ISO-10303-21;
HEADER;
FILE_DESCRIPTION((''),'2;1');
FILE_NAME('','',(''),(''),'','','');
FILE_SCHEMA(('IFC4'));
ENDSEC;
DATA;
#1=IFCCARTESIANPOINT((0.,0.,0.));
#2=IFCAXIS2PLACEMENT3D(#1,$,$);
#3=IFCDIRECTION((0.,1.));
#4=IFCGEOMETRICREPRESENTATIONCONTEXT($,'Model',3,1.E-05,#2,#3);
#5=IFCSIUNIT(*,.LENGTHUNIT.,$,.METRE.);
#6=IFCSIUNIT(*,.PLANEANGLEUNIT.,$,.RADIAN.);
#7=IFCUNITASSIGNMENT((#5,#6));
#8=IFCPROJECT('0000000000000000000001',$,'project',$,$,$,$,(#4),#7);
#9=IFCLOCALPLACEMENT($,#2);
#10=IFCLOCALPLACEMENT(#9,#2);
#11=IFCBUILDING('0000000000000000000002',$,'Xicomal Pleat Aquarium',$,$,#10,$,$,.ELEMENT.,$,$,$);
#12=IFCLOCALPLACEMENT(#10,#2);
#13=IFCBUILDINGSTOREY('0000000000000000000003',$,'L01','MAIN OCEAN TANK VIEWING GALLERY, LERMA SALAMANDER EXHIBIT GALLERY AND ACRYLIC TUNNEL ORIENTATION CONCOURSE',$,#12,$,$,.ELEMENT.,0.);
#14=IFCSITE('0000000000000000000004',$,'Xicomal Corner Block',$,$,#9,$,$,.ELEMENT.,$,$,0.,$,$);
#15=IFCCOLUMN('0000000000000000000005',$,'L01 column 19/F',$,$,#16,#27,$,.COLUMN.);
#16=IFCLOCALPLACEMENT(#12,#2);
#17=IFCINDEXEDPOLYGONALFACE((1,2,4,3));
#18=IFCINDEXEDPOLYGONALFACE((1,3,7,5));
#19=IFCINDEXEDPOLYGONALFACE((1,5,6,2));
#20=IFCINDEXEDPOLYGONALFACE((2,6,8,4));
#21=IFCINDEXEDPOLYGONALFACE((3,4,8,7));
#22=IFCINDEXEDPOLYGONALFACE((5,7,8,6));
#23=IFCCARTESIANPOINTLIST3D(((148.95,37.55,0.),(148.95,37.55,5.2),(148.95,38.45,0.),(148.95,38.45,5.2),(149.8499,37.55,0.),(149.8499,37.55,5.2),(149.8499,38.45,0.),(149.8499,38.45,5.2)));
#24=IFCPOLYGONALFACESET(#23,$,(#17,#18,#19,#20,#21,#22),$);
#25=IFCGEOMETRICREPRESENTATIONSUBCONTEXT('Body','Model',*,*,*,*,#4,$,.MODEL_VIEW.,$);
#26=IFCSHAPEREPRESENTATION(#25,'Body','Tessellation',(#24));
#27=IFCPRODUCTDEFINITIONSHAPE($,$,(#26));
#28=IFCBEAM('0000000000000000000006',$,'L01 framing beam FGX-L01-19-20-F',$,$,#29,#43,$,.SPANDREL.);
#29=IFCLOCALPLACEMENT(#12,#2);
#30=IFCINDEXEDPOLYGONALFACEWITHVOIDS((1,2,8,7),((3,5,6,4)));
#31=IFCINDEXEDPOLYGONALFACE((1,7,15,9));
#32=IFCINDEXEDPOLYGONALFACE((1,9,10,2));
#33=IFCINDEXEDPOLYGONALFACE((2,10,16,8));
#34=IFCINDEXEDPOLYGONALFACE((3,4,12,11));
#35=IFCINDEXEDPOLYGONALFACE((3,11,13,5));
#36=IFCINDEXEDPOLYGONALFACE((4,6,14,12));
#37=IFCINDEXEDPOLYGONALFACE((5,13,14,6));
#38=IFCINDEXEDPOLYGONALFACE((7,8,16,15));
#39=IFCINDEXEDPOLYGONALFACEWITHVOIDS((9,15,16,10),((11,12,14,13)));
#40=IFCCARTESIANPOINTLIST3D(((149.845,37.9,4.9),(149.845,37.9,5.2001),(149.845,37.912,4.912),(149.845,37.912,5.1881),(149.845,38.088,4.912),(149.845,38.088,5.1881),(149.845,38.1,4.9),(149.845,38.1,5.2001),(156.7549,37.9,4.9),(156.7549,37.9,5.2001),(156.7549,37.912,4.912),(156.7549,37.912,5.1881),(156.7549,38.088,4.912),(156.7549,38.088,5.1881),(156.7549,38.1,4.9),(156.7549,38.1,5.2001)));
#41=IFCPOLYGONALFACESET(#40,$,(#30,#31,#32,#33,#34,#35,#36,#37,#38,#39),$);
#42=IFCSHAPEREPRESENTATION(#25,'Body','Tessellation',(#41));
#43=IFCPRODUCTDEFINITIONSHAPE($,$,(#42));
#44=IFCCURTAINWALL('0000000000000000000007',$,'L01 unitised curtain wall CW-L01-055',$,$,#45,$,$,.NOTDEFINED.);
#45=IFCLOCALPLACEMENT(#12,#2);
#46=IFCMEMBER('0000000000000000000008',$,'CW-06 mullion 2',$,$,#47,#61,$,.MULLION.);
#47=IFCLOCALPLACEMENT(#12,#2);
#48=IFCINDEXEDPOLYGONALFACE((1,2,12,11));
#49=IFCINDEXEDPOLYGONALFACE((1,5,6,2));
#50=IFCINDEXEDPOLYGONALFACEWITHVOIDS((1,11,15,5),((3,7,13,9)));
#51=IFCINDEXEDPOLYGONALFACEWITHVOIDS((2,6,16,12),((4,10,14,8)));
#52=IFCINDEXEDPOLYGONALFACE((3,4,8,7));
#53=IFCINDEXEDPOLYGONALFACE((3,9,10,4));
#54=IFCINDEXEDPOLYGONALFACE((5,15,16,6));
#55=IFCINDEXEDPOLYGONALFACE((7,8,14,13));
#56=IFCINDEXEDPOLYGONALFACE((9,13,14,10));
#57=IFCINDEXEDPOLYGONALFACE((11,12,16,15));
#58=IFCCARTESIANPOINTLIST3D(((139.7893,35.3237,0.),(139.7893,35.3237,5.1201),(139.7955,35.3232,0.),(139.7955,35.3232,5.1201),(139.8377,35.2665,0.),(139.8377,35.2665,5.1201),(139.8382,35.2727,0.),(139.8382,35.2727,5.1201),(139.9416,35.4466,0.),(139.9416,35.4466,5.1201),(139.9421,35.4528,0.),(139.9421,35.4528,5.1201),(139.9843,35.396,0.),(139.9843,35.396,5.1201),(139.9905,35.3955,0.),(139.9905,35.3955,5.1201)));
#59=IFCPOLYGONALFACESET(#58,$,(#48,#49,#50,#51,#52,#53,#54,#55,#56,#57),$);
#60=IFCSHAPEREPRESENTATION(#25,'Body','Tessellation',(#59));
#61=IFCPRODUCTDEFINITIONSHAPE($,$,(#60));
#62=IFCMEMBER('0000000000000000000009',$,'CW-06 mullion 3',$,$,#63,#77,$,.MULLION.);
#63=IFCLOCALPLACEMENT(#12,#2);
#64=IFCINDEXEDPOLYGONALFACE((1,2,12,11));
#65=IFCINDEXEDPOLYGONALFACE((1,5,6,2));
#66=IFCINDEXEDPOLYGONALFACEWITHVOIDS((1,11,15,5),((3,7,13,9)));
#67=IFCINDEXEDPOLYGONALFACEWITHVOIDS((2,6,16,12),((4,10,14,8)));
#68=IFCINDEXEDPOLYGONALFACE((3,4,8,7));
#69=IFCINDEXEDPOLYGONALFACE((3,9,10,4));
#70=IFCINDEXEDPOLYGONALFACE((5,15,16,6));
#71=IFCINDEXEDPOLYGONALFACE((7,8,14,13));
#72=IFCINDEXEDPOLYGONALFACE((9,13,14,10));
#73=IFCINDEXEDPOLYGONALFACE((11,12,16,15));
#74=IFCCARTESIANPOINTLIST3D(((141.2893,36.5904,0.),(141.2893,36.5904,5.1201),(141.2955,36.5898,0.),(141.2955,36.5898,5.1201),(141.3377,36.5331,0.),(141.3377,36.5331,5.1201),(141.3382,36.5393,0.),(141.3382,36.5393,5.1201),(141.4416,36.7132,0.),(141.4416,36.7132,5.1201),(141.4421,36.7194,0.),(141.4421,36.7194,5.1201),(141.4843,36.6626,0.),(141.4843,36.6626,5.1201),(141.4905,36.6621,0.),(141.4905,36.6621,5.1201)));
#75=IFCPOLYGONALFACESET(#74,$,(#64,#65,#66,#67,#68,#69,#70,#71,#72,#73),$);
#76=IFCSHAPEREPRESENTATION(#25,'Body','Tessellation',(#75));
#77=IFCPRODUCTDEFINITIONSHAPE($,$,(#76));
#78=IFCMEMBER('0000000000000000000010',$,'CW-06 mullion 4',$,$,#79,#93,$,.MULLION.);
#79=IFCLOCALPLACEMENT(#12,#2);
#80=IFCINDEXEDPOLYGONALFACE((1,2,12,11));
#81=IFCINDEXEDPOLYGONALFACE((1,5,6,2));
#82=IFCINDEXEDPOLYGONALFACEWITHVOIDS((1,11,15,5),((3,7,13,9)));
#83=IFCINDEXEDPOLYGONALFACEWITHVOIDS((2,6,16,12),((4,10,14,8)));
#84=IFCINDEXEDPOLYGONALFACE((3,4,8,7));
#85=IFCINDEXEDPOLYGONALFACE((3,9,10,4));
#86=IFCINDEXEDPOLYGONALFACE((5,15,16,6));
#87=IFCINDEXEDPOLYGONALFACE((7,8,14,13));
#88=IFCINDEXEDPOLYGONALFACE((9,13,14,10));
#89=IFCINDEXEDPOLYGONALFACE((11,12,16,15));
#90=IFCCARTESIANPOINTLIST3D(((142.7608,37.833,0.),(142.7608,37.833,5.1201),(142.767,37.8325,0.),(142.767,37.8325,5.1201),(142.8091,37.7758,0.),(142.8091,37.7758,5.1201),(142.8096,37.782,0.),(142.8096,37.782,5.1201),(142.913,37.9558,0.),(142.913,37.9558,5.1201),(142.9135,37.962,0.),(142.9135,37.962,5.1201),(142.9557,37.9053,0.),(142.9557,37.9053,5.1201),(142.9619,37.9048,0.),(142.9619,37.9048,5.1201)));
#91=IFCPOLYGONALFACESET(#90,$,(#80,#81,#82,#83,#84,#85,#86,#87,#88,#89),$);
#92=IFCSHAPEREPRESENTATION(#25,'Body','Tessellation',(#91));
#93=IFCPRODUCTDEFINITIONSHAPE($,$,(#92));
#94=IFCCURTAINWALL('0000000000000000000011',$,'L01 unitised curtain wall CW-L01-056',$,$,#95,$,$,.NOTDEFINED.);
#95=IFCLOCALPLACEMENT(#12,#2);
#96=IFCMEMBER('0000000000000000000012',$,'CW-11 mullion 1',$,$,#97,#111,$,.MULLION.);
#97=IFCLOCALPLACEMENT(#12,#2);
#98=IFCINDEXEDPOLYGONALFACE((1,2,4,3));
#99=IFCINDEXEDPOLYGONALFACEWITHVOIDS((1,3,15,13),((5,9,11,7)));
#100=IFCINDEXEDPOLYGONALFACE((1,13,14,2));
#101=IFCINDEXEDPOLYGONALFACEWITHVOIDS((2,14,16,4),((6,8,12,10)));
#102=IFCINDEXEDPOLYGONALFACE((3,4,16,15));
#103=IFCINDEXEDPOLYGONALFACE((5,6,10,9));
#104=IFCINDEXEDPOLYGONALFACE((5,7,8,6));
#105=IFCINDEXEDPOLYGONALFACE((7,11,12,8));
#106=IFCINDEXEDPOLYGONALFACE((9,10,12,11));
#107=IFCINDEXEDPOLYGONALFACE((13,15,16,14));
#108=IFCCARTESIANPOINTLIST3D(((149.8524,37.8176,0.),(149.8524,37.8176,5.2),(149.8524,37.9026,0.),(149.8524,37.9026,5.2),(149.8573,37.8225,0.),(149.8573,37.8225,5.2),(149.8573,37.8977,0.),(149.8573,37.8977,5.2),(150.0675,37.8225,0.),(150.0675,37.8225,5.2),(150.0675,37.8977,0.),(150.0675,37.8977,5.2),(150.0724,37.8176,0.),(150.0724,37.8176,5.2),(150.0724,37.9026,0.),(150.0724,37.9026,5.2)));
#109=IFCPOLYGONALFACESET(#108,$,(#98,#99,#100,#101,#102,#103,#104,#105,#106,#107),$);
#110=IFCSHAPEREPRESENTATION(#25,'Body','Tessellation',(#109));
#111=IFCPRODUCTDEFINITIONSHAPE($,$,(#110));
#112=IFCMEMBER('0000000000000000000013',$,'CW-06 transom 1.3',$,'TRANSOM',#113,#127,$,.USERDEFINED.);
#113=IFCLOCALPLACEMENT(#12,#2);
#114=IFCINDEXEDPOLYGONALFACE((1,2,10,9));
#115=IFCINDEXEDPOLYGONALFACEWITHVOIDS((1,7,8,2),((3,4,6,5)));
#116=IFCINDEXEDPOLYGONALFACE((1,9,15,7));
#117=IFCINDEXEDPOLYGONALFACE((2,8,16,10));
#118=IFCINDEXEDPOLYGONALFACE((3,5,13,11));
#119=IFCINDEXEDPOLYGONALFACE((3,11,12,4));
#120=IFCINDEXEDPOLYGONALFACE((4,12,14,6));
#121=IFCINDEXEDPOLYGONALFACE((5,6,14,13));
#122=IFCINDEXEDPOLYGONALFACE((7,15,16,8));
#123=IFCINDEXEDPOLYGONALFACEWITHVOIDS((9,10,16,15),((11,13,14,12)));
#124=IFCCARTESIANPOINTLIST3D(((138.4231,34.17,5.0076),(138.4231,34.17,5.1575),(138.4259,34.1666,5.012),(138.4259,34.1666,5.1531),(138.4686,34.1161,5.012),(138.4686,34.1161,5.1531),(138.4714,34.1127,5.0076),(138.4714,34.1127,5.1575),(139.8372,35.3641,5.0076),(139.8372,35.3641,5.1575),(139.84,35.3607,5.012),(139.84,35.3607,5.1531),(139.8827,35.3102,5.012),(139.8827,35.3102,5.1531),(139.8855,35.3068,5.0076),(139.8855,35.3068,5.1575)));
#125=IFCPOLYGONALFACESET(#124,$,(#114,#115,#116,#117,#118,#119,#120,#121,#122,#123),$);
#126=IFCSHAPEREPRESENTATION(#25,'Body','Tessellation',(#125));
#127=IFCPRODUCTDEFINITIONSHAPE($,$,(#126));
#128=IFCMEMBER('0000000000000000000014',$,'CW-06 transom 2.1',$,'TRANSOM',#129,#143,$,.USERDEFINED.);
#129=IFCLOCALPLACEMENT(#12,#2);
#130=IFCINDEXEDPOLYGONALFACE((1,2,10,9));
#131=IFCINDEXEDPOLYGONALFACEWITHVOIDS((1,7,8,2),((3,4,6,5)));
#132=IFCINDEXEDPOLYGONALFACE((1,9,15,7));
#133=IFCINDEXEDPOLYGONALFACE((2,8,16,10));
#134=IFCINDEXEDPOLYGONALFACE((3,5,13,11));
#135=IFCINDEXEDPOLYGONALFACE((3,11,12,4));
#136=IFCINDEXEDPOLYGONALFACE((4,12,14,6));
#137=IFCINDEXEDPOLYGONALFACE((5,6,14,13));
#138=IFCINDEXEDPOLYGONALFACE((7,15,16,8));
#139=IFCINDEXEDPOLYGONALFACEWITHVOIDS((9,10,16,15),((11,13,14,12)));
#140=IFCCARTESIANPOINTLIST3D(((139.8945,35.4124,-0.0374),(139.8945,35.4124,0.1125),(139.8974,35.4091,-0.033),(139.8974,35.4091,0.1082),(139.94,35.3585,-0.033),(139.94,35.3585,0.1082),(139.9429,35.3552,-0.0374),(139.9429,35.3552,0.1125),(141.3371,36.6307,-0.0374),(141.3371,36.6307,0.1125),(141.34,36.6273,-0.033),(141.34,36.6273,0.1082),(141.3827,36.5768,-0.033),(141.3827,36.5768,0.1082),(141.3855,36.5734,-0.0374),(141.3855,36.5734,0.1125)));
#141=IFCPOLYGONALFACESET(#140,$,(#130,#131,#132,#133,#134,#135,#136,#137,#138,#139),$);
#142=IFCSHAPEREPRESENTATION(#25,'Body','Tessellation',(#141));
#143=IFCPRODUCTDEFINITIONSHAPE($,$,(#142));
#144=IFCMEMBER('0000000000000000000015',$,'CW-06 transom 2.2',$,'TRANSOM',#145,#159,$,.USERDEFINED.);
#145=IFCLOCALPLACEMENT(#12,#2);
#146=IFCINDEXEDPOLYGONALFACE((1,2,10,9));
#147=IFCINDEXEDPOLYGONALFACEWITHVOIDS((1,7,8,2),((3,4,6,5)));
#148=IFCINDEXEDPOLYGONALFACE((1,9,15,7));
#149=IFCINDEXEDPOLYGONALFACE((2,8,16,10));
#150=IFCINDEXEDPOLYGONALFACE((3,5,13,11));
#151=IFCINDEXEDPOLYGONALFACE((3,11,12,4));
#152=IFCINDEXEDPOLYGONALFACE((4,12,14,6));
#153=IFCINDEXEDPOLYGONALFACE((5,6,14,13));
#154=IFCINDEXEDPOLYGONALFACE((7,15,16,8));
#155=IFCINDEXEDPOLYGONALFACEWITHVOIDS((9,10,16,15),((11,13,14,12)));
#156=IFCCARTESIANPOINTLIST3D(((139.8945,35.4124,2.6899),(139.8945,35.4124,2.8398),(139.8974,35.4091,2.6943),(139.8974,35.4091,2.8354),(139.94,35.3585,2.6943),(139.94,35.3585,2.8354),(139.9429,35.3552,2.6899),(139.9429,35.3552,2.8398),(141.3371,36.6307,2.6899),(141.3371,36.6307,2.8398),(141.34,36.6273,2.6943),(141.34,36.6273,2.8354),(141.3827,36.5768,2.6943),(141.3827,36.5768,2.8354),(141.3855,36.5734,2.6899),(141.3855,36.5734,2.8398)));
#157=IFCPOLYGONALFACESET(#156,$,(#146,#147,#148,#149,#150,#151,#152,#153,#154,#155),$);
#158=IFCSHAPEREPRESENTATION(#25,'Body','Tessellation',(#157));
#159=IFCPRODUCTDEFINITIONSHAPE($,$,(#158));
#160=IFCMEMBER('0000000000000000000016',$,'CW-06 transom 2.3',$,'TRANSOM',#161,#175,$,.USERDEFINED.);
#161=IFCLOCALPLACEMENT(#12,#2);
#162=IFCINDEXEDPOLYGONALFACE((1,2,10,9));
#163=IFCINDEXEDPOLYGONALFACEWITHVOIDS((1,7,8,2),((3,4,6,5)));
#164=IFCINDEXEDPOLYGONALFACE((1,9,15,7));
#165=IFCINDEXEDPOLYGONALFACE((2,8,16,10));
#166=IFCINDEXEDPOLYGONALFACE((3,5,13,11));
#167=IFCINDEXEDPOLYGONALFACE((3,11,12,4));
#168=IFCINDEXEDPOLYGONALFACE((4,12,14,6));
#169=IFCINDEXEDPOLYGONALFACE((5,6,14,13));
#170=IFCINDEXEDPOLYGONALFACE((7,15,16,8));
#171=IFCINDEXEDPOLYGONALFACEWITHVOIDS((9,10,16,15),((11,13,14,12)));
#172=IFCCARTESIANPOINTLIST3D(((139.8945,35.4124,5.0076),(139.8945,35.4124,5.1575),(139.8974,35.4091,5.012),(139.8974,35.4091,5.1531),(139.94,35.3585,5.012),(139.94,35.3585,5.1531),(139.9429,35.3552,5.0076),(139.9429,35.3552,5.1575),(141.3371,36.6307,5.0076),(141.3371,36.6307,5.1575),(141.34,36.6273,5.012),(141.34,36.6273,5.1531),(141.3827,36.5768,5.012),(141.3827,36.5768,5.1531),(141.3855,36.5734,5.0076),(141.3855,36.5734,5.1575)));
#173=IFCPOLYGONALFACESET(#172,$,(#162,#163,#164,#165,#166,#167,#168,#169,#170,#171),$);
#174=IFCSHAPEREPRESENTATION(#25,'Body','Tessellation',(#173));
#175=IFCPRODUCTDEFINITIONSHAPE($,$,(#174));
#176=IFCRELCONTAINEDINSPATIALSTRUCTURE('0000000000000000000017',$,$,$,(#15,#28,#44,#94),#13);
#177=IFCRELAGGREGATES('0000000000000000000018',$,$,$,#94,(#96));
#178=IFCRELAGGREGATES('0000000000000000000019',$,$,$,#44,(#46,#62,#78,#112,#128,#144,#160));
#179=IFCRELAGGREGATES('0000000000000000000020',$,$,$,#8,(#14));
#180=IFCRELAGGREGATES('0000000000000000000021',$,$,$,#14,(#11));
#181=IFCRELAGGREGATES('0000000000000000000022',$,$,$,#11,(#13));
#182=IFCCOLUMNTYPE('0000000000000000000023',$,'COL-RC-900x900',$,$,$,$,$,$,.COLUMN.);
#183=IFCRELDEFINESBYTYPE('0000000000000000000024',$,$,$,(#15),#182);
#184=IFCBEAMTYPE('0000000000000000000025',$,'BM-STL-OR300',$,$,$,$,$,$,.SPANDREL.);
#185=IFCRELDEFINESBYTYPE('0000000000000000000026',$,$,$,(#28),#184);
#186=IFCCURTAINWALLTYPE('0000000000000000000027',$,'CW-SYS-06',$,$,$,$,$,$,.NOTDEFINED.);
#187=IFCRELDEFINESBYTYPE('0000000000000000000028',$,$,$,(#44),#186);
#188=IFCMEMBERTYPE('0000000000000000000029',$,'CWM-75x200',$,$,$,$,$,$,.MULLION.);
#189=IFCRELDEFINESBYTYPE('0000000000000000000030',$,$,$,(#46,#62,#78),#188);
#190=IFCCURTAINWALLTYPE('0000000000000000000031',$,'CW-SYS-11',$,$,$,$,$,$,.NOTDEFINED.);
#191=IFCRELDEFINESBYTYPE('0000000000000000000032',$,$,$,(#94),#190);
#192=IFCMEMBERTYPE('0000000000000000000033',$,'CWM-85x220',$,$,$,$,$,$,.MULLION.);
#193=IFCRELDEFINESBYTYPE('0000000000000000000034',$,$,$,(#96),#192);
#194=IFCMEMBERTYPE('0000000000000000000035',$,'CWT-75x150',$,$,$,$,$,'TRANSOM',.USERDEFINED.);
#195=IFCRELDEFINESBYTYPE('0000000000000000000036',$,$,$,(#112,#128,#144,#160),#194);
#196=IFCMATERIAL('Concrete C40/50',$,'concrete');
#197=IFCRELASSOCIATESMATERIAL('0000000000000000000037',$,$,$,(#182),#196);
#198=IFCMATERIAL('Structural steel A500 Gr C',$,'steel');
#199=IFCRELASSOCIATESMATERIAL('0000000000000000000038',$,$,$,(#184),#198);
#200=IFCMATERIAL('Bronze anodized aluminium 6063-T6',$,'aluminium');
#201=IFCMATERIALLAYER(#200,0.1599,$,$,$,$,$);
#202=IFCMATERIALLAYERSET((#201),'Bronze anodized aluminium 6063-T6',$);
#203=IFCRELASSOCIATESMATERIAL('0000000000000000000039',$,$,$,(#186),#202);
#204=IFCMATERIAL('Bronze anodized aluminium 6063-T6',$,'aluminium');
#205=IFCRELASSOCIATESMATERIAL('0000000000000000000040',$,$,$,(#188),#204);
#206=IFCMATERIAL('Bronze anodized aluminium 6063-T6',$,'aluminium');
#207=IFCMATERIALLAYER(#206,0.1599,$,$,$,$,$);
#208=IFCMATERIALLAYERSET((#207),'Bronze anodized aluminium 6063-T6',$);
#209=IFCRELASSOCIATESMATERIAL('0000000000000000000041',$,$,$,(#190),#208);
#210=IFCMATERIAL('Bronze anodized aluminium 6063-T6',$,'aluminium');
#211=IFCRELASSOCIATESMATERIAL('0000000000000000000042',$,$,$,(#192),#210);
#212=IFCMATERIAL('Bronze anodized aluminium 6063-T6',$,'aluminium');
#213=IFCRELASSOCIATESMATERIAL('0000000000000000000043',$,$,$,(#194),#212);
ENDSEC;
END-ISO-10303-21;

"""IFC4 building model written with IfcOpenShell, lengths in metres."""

from ifc_helpers import new_model, si_unit, direction, frame, origin, origin_2d, place, context, subcontext, project, spatial, rectangle, hollow_rectangle, extrude, material, layer, layer_set, material_profile, profile_set, type_object, element, aggregate, save


model = new_model("IFC4")

# Units and contexts
model_context = context("Model", 3, precision=1e-05, world=origin(), true_north=direction((0.0, 1.0)))
body_context = subcontext(model_context, "Body", "Model", "MODEL_VIEW")
ifc_project = project(units=[si_unit("LENGTHUNIT", "METRE"), si_unit("PLANEANGLEUNIT", "RADIAN")], contexts=[model_context])

# Site, building, storey
site_placement = place(None, origin())
site = spatial("IfcSite", under=ifc_project, at=site_placement, Name="Xicomal Corner Block", CompositionType="ELEMENT", RefElevation=0.0)
building_placement = place(site_placement, origin())
building = spatial("IfcBuilding", under=site, at=building_placement, Name="Xicomal Pleat Aquarium", CompositionType="ELEMENT")
storey_placement = place(building_placement, origin())
storey = spatial("IfcBuildingStorey", under=building, at=storey_placement, Name="L01", Description="MAIN OCEAN TANK VIEWING GALLERY, LERMA SALAMANDER EXHIBIT GALLERY AND ACRYLIC TUNNEL ORIENTATION CONCOURSE", CompositionType="ELEMENT", Elevation=0.0)

# Column
ifc_material_1 = material(Name="Concrete C40/50", Category="concrete")
ifc_material_profile_1 = material_profile(ifc_material_1, rectangle(XDim=0.8999, YDim=0.8999, at=origin_2d()), Name="RC 900x900")
ifc_profile_set_1 = profile_set([ifc_material_profile_1], Name="Concrete C40/50")
column_type = type_object("IfcColumnType", Name="COL-RC-900x900", PredefinedType="COLUMN", material=ifc_profile_set_1)
column_placement = place(storey_placement, frame((149.3999, 38.0, 0.0), z_axis=(0.0, 0.0, 1.0), x_axis=(1.0, 0.0, 0.0)))
element("IfcColumn", 1, at=column_placement, inside=storey, type_object=column_type, Name="L01 column 19/F", PredefinedType="COLUMN", context=body_context, shape_type="SweptSolid", body=[
    extrude(rectangle(XDim=0.8999, YDim=0.8999, at=origin_2d()), origin(), (0.0, 0.0, 1.0), 5.2),
])

# Beam
ifc_material_2 = material(Name="Structural steel A500 Gr C", Category="steel")
ifc_material_profile_2 = material_profile(ifc_material_2, hollow_rectangle(XDim=0.2, YDim=0.3, WallThickness=0.012, at=origin_2d()), Name="OR 300x200x12")
ifc_profile_set_2 = profile_set([ifc_material_profile_2], Name="Structural steel A500 Gr C")
beam_type = type_object("IfcBeamType", Name="BM-STL-OR300", PredefinedType="SPANDREL", material=ifc_profile_set_2)
beam_placement = place(storey_placement, frame((149.845, 38.0, 5.05), z_axis=(1.0, 0.0, 0.0), x_axis=(0.0, 1.0, 0.0)))
element("IfcBeam", 2, at=beam_placement, inside=storey, type_object=beam_type, Name="L01 framing beam FGX-L01-19-20-F", PredefinedType="SPANDREL", context=body_context, shape_type="SweptSolid", body=[
    extrude(hollow_rectangle(XDim=0.2, YDim=0.3, WallThickness=0.012, at=origin_2d()), origin(), (0.0, 0.0, 1.0), 6.9099),
])

# Curtain wall, members
ifc_material_3 = material(Name="Bronze anodized aluminium 6063-T6", Category="aluminium")
ifc_layer_1 = layer(ifc_material_3, 0.1599)
ifc_layer_set_1 = layer_set([ifc_layer_1], Name="Bronze anodized aluminium 6063-T6")
curtain_wall_type_1 = type_object("IfcCurtainWallType", Name="CW-SYS-06", PredefinedType="NOTDEFINED", material=ifc_layer_set_1)
curtain_wall_1_placement = place(storey_placement, origin())
curtain_wall_1 = element("IfcCurtainWall", 3, at=curtain_wall_1_placement, inside=storey, type_object=curtain_wall_type_1, Name="L01 unitised curtain wall CW-L01-055", PredefinedType="NOTDEFINED")
ifc_material_4 = material(Name="Bronze anodized aluminium 6063-T6", Category="aluminium")
ifc_material_profile_3 = material_profile(ifc_material_4, hollow_rectangle(XDim=0.075, YDim=0.2, WallThickness=0.0044, at=origin_2d()), Name="ALU MULL 75x200")
ifc_profile_set_3 = profile_set([ifc_material_profile_3], Name="Bronze anodized aluminium 6063-T6")
member_type_1 = type_object("IfcMemberType", Name="CWM-75x200", PredefinedType="MULLION", material=ifc_profile_set_3)
member_1_placement = place(storey_placement, frame((139.8899, 35.3596, 0.0), z_axis=(0.0, 0.0, 1.0), x_axis=(-0.645181, 0.76403, 0.0)))
member_1 = element("IfcMember", 4, at=member_1_placement, type_object=member_type_1, Name="CW-06 mullion 2", PredefinedType="MULLION", context=body_context, shape_type="SweptSolid", body=[
    extrude(hollow_rectangle(XDim=0.075, YDim=0.2, WallThickness=0.0044, at=origin_2d()), origin(), (0.0, 0.0, 1.0), 5.1201),
])
member_2_placement = place(storey_placement, frame((141.3899, 36.6262, 0.0), z_axis=(0.0, 0.0, 1.0), x_axis=(-0.645181, 0.76403, 0.0)))
member_2 = element("IfcMember", 5, at=member_2_placement, type_object=member_type_1, Name="CW-06 mullion 3", PredefinedType="MULLION", context=body_context, shape_type="SweptSolid", body=[
    extrude(hollow_rectangle(XDim=0.075, YDim=0.2, WallThickness=0.0044, at=origin_2d()), origin(), (0.0, 0.0, 1.0), 5.1201),
])
member_3_placement = place(storey_placement, frame((142.8613, 37.8689, 0.0), z_axis=(0.0, 0.0, 1.0), x_axis=(-0.645181, 0.76403, 0.0)))
member_3 = element("IfcMember", 6, at=member_3_placement, type_object=member_type_1, Name="CW-06 mullion 4", PredefinedType="MULLION", context=body_context, shape_type="SweptSolid", body=[
    extrude(hollow_rectangle(XDim=0.075, YDim=0.2, WallThickness=0.0044, at=origin_2d()), origin(), (0.0, 0.0, 1.0), 5.1201),
])

# Curtain wall, member
ifc_material_5 = material(Name="Bronze anodized aluminium 6063-T6", Category="aluminium")
ifc_layer_2 = layer(ifc_material_5, 0.1599)
ifc_layer_set_2 = layer_set([ifc_layer_2], Name="Bronze anodized aluminium 6063-T6")
curtain_wall_type_2 = type_object("IfcCurtainWallType", Name="CW-SYS-11", PredefinedType="NOTDEFINED", material=ifc_layer_set_2)
curtain_wall_2_placement = place(storey_placement, origin())
curtain_wall_2 = element("IfcCurtainWall", 7, at=curtain_wall_2_placement, inside=storey, type_object=curtain_wall_type_2, Name="L01 unitised curtain wall CW-L01-056", PredefinedType="NOTDEFINED")
ifc_material_6 = material(Name="Bronze anodized aluminium 6063-T6", Category="aluminium")
ifc_material_profile_4 = material_profile(ifc_material_6, hollow_rectangle(XDim=0.085, YDim=0.22, WallThickness=0.0049, at=origin_2d()), Name="ALU MULL 85x220")
ifc_profile_set_4 = profile_set([ifc_material_profile_4], Name="Bronze anodized aluminium 6063-T6")
member_type_2 = type_object("IfcMemberType", Name="CWM-85x220", PredefinedType="MULLION", material=ifc_profile_set_4)
member_4_placement = place(storey_placement, frame((149.9624, 37.8601, 0.0), z_axis=(0.0, 0.0, 1.0), x_axis=(0.0, 1.0, 0.0)))
member_4 = element("IfcMember", 8, at=member_4_placement, type_object=member_type_2, Name="CW-11 mullion 1", PredefinedType="MULLION", context=body_context, shape_type="SweptSolid", body=[
    extrude(hollow_rectangle(XDim=0.085, YDim=0.22, WallThickness=0.0049, at=origin_2d()), origin(), (0.0, 0.0, 1.0), 5.2),
])

# Members
ifc_material_7 = material(Name="Bronze anodized aluminium 6063-T6", Category="aluminium")
ifc_material_profile_5 = material_profile(ifc_material_7, hollow_rectangle(XDim=0.075, YDim=0.1499, WallThickness=0.0044, at=origin_2d()), Name="ALU TRAN 75x150")
ifc_profile_set_5 = profile_set([ifc_material_profile_5], Name="Bronze anodized aluminium 6063-T6")
member_type_3 = type_object("IfcMemberType", Name="CWT-75x150", ElementType="TRANSOM", PredefinedType="USERDEFINED", material=ifc_profile_set_5)
member_5_placement = place(storey_placement, frame((138.4473, 34.1414, 5.0825), z_axis=(0.764031, 0.645179, 0.0), x_axis=(-0.645179, 0.764031, 0.0)))
member_5 = element("IfcMember", 9, at=member_5_placement, type_object=member_type_3, Name="CW-06 transom 1.3", ObjectType="TRANSOM", PredefinedType="USERDEFINED", context=body_context, shape_type="SweptSolid", body=[
    extrude(hollow_rectangle(XDim=0.075, YDim=0.1499, WallThickness=0.0044, at=origin_2d()), origin(), (0.0, 0.0, 1.0), 1.8508),
])
member_6_placement = place(storey_placement, frame((139.9187, 35.3838, 0.0376), z_axis=(0.764019, 0.645194, 0.0), x_axis=(-0.645194, 0.764019, 0.0)))
member_6 = element("IfcMember", 10, at=member_6_placement, type_object=member_type_3, Name="CW-06 transom 2.1", ObjectType="TRANSOM", PredefinedType="USERDEFINED", context=body_context, shape_type="SweptSolid", body=[
    extrude(hollow_rectangle(XDim=0.075, YDim=0.1499, WallThickness=0.0044, at=origin_2d()), origin(), (0.0, 0.0, 1.0), 1.8882),
])
member_7_placement = place(storey_placement, frame((139.9187, 35.3838, 2.7649), z_axis=(0.764019, 0.645194, 0.0), x_axis=(-0.645194, 0.764019, 0.0)))
member_7 = element("IfcMember", 11, at=member_7_placement, type_object=member_type_3, Name="CW-06 transom 2.2", ObjectType="TRANSOM", PredefinedType="USERDEFINED", context=body_context, shape_type="SweptSolid", body=[
    extrude(hollow_rectangle(XDim=0.075, YDim=0.1499, WallThickness=0.0044, at=origin_2d()), origin(), (0.0, 0.0, 1.0), 1.8882),
])
member_8_placement = place(storey_placement, frame((139.9187, 35.3838, 5.0825), z_axis=(0.764019, 0.645194, 0.0), x_axis=(-0.645194, 0.764019, 0.0)))
member_8 = element("IfcMember", 12, at=member_8_placement, type_object=member_type_3, Name="CW-06 transom 2.3", ObjectType="TRANSOM", PredefinedType="USERDEFINED", context=body_context, shape_type="SweptSolid", body=[
    extrude(hollow_rectangle(XDim=0.075, YDim=0.1499, WallThickness=0.0044, at=origin_2d()), origin(), (0.0, 0.0, 1.0), 1.8882),
])
aggregate(curtain_wall_2, [member_4])

aggregate(curtain_wall_1, [member_1, member_2, member_3, member_5, member_6, member_7, member_8])

save(model, "model.ifc")
